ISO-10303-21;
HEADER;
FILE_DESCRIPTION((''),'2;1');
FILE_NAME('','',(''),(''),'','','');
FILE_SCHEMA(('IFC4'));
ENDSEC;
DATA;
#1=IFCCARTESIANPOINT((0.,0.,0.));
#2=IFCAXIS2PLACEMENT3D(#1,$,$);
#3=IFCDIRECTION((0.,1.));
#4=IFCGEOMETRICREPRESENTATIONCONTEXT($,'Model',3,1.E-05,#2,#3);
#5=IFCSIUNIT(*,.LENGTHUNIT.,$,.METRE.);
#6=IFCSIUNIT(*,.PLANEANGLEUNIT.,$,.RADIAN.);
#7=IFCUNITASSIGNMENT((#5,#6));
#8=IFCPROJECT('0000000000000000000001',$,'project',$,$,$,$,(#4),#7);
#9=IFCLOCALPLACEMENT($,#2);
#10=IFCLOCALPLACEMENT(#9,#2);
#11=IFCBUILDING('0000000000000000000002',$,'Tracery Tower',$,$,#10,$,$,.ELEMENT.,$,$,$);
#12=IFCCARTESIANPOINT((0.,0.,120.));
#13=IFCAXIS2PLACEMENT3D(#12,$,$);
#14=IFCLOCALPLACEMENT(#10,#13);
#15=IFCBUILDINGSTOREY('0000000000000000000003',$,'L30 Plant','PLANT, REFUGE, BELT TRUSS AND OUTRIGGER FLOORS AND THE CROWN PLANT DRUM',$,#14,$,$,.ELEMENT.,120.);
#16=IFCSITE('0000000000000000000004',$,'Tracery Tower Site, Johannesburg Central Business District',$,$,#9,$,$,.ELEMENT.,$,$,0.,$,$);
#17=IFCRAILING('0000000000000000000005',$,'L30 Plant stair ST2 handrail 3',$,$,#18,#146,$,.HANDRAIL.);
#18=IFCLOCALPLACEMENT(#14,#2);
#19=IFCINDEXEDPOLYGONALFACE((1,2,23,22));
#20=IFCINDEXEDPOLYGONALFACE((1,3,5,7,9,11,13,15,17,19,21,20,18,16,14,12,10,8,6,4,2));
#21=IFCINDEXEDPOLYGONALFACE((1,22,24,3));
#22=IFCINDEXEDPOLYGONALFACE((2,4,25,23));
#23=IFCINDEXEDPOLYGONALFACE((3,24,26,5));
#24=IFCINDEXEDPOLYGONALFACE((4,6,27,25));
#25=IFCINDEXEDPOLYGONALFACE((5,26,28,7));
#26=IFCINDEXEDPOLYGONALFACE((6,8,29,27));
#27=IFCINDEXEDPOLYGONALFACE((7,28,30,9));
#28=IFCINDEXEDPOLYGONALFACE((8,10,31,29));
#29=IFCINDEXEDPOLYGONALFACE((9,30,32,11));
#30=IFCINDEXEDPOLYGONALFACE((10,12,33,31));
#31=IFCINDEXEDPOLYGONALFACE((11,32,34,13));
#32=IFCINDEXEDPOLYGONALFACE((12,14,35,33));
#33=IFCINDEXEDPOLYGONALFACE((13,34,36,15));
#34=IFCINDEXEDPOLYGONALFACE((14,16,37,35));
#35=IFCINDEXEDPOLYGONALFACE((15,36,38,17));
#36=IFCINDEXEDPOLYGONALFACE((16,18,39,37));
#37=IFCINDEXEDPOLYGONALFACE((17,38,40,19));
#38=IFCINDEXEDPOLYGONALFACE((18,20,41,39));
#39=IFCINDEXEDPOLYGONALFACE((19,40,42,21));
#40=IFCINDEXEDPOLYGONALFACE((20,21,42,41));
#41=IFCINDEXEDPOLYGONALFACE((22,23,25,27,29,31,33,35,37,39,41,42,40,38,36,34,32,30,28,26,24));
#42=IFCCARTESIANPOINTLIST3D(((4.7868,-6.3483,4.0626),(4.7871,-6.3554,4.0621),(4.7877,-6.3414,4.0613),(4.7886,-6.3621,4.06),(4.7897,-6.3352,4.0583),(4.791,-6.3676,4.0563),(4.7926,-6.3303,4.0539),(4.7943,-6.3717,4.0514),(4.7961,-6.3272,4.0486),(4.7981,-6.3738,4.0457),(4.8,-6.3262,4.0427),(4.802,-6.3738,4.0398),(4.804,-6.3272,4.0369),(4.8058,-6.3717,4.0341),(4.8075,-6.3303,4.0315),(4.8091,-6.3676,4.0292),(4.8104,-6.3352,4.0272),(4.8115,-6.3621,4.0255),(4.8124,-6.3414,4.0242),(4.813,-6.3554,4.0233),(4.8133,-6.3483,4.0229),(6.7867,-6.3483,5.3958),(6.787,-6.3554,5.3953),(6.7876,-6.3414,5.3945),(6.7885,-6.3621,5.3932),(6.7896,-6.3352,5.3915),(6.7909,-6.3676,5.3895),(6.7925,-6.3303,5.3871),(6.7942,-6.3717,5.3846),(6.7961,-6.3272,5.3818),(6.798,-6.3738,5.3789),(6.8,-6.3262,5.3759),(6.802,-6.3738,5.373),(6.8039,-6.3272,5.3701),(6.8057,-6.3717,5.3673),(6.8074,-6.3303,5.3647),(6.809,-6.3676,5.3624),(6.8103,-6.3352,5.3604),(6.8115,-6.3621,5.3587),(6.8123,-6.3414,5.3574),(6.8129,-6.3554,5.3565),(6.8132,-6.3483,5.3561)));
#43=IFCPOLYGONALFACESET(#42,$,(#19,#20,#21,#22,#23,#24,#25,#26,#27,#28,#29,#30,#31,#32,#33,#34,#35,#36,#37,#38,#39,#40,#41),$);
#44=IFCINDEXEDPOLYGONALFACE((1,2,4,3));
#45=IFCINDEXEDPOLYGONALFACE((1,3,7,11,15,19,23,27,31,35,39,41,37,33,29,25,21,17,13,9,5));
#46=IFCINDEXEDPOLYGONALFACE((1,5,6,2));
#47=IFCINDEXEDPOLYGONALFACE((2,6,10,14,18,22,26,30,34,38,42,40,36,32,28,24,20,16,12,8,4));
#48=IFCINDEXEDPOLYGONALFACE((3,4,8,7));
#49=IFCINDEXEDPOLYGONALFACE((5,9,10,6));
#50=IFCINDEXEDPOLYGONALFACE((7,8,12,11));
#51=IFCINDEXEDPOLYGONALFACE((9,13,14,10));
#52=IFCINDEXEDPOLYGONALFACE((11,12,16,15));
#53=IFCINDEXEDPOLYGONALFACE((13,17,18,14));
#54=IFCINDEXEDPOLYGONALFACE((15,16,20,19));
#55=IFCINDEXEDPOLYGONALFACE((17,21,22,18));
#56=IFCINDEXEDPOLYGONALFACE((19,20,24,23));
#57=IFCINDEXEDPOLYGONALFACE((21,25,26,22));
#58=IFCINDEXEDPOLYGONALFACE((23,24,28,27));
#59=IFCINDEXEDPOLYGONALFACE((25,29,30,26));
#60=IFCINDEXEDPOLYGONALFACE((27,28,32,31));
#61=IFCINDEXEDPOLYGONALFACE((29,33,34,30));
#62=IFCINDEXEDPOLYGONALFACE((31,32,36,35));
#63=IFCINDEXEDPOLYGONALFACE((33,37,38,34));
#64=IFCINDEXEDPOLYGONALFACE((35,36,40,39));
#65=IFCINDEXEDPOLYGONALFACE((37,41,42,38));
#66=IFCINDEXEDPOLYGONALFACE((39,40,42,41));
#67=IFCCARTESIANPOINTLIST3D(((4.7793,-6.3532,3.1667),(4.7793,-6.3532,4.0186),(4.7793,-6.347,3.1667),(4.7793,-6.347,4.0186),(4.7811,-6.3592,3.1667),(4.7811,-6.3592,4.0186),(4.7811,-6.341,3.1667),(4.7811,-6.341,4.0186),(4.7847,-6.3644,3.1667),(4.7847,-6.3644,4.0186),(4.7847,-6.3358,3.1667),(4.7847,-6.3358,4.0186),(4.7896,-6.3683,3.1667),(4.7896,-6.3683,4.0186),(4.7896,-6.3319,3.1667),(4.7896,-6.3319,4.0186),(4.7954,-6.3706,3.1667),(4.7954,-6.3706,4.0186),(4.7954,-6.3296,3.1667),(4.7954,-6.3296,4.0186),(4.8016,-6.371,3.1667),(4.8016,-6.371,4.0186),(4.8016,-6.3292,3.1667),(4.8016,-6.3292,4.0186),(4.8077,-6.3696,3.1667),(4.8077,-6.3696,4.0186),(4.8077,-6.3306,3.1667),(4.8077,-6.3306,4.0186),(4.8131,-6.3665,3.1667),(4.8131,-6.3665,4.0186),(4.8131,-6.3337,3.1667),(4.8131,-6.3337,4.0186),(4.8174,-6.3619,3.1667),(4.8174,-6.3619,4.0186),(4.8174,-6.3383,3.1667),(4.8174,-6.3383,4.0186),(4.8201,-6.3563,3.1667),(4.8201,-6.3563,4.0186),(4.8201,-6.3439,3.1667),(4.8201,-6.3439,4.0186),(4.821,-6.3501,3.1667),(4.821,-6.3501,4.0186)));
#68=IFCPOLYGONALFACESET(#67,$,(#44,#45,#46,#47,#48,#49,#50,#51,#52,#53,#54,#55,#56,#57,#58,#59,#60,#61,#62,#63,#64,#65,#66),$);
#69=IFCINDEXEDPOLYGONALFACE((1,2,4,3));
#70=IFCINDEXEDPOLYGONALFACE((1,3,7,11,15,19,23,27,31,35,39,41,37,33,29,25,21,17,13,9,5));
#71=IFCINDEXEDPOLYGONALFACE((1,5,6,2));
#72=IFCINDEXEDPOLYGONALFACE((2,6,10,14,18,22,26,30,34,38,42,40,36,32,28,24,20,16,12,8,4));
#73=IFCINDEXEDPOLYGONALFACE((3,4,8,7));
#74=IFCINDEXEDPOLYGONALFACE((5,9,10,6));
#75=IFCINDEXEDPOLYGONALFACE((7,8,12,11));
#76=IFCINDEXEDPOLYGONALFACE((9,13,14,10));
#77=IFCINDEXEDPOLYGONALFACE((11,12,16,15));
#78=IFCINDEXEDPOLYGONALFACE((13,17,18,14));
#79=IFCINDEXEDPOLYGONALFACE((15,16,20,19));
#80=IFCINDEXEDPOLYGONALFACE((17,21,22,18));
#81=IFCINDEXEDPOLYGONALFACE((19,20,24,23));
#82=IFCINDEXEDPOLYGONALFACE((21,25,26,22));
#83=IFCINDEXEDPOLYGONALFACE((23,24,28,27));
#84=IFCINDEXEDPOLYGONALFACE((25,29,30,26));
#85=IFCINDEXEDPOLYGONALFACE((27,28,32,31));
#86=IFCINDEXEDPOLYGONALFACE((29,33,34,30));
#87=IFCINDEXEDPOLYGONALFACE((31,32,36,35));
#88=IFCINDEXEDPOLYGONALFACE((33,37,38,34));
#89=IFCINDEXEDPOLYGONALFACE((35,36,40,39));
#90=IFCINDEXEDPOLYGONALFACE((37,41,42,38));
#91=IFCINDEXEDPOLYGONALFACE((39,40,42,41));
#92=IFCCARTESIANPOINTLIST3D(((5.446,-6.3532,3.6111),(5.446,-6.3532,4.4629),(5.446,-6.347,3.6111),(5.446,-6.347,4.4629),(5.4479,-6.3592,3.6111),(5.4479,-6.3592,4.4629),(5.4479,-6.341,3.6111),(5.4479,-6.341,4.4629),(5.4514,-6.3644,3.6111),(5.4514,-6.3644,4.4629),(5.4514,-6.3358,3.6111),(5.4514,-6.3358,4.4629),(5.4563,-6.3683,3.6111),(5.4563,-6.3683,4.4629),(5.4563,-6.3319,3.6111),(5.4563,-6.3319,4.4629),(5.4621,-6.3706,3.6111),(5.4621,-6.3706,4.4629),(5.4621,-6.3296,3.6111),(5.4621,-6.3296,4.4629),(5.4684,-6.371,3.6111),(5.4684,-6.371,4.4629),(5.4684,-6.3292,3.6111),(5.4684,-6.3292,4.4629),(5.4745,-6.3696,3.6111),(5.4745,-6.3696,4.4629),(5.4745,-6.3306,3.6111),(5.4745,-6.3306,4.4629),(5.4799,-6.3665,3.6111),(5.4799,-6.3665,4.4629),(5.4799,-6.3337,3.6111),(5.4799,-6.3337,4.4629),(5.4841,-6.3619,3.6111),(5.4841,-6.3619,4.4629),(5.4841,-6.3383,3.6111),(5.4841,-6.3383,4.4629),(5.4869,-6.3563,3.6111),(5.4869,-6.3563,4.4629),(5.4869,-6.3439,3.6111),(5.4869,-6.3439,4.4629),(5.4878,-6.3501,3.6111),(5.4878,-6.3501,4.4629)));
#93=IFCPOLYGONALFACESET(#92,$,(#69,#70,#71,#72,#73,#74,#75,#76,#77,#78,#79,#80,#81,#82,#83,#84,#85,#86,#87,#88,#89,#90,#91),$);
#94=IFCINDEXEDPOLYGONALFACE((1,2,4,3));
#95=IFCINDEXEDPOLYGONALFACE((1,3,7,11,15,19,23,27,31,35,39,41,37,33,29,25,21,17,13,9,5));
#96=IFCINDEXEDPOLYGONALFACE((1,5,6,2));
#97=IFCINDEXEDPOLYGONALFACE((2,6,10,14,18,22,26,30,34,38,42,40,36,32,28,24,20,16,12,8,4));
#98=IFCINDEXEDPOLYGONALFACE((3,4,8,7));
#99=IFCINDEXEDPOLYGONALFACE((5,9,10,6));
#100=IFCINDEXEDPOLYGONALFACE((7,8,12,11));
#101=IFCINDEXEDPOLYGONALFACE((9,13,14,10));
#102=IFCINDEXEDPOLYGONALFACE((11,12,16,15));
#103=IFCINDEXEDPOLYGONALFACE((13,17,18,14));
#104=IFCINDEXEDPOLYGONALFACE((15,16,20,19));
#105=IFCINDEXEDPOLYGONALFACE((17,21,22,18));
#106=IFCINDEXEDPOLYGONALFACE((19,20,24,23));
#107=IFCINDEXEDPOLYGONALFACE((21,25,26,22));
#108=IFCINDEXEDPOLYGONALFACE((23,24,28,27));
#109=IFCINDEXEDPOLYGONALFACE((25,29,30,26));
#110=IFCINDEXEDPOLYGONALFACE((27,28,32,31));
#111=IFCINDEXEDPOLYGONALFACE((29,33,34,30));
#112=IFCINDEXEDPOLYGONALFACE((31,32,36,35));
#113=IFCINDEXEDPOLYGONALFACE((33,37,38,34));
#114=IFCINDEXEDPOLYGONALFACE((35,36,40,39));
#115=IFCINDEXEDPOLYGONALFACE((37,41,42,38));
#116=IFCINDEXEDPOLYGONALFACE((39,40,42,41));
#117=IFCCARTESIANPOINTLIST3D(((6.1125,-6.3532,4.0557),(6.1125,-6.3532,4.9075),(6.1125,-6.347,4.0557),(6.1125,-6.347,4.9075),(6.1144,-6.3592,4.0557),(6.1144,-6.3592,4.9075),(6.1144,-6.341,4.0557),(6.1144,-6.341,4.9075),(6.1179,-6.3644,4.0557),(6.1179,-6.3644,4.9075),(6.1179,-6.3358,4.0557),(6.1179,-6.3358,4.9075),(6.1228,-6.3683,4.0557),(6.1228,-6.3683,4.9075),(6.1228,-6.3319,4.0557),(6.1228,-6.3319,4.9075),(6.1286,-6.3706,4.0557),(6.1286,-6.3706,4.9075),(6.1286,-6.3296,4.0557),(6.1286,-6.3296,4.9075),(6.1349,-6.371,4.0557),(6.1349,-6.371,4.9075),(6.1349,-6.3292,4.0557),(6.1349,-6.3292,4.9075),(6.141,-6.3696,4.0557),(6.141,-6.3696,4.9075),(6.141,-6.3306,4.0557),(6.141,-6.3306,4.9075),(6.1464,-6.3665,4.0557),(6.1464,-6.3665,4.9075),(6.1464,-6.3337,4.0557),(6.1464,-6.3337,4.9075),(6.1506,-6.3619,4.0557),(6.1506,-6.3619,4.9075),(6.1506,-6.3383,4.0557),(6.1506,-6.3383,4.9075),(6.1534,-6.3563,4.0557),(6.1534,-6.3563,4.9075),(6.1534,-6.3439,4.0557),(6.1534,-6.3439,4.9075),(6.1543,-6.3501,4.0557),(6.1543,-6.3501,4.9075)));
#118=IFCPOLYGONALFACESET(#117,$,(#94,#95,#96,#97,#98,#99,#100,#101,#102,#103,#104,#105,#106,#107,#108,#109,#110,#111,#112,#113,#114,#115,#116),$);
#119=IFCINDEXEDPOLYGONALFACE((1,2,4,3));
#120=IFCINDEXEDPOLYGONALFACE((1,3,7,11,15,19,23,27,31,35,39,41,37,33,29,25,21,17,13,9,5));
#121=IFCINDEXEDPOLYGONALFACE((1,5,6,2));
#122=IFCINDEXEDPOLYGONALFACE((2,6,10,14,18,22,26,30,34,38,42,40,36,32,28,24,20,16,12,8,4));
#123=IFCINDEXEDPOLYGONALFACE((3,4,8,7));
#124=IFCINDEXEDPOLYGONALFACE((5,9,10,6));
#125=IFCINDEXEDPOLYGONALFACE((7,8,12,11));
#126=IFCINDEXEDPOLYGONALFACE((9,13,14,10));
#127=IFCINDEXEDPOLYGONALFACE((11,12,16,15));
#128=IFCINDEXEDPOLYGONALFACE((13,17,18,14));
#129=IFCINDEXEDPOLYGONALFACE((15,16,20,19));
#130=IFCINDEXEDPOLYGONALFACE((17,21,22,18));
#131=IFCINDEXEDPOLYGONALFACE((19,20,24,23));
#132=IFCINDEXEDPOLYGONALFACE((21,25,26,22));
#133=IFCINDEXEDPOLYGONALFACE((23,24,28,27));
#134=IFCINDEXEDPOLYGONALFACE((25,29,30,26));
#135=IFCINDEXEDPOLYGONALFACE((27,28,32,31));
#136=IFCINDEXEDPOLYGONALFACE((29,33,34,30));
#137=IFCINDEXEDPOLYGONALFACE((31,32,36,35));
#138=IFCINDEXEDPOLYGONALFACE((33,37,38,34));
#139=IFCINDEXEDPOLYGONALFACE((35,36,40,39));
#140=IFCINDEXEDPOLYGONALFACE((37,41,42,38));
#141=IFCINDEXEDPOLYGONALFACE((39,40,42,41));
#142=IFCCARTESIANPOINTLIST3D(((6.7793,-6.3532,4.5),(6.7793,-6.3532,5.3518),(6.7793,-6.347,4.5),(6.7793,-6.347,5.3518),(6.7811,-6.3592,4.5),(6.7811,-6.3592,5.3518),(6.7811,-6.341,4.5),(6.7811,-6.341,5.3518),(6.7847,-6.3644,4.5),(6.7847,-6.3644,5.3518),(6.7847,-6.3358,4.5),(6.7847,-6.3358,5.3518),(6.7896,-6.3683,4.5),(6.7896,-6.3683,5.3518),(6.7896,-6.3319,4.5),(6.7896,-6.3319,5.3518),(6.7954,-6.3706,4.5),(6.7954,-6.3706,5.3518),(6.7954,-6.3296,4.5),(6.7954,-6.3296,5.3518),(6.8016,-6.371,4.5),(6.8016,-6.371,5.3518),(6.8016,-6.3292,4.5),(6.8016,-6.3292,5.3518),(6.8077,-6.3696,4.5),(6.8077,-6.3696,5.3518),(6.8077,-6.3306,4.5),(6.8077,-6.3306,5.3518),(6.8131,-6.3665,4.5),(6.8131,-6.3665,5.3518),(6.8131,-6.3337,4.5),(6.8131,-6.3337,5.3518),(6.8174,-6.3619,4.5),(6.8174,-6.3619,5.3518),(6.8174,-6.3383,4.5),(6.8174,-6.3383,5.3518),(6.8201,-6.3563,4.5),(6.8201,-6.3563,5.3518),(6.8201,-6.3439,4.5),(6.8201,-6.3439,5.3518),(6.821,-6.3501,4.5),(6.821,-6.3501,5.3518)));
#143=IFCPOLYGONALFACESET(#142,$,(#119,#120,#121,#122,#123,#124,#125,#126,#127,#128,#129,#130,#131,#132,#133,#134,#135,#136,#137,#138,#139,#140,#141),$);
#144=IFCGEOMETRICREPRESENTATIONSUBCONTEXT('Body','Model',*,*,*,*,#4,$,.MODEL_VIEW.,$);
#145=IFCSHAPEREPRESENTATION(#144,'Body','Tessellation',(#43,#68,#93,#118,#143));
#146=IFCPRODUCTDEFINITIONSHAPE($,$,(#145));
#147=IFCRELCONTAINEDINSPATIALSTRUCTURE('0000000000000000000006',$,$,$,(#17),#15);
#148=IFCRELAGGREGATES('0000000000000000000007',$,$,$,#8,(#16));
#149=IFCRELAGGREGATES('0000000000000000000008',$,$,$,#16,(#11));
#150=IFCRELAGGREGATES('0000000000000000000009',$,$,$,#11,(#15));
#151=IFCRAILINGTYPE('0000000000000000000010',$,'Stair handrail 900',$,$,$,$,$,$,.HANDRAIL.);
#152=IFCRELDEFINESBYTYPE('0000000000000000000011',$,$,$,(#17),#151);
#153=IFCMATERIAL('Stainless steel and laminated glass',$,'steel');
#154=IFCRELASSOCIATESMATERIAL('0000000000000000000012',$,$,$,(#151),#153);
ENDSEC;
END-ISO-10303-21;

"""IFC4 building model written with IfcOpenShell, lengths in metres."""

from ifc_helpers import new_model, si_unit, direction, frame, origin, origin_2d, place, context, subcontext, project, spatial, circle, extrude, material, type_object, element, save


model = new_model("IFC4")

# Units and contexts
model_context = context("Model", 3, precision=1e-05, world=origin(), true_north=direction((0.0, 1.0)))
body_context = subcontext(model_context, "Body", "Model", "MODEL_VIEW")
ifc_project = project(units=[si_unit("LENGTHUNIT", "METRE"), si_unit("PLANEANGLEUNIT", "RADIAN")], contexts=[model_context])

# Site, building, storey
site_placement = place(None, origin())
site = spatial("IfcSite", under=ifc_project, at=site_placement, Name="Tracery Tower Site, Johannesburg Central Business District", CompositionType="ELEMENT", RefElevation=0.0)
building_placement = place(site_placement, origin())
building = spatial("IfcBuilding", under=site, at=building_placement, Name="Tracery Tower", CompositionType="ELEMENT")
storey_placement = place(building_placement, frame((0.0, 0.0, 120.0)))
storey = spatial("IfcBuildingStorey", under=building, at=storey_placement, Name="L30 Plant", Description="PLANT, REFUGE, BELT TRUSS AND OUTRIGGER FLOORS AND THE CROWN PLANT DRUM", CompositionType="ELEMENT", Elevation=120.0)

# Railing
ifc_material_1 = material(Name="Stainless steel and laminated glass", Category="steel")
railing_type_1 = type_object("IfcRailingType", Name="Stair handrail 900", PredefinedType="HANDRAIL", material=ifc_material_1)
railing_1_placement = place(storey_placement, frame((4.8, -6.3501, 3.1667)))
element("IfcRailing", 1, at=railing_1_placement, inside=storey, type_object=railing_type_1, Name="L30 Plant stair ST2 handrail 3", PredefinedType="HANDRAIL", context=body_context, shape_type="SweptSolid", body=[
    extrude(circle(Radius=0.0239, at=origin_2d()), frame((0.0, 0.0, 0.876), z_axis=(0.832066, 0.0, 0.554677), x_axis=(0.0, 1.0, 0.0)), (0.0, 0.0, 1.0), 2.4036),
    extrude(circle(Radius=0.021, at=origin_2d()), origin(), (0.0, 0.0, 1.0), 0.8518),
    extrude(circle(Radius=0.021, at=origin_2d()), frame((0.6667, 0.0, 0.4443)), (0.0, 0.0, 1.0), 0.8518),
    extrude(circle(Radius=0.021, at=origin_2d()), frame((1.3333, 0.0, 0.8889)), (0.0, 0.0, 1.0), 0.8518),
    extrude(circle(Radius=0.021, at=origin_2d()), frame((2.0, 0.0, 1.3333)), (0.0, 0.0, 1.0), 0.8518),
])

save(model, "model.ifc")
